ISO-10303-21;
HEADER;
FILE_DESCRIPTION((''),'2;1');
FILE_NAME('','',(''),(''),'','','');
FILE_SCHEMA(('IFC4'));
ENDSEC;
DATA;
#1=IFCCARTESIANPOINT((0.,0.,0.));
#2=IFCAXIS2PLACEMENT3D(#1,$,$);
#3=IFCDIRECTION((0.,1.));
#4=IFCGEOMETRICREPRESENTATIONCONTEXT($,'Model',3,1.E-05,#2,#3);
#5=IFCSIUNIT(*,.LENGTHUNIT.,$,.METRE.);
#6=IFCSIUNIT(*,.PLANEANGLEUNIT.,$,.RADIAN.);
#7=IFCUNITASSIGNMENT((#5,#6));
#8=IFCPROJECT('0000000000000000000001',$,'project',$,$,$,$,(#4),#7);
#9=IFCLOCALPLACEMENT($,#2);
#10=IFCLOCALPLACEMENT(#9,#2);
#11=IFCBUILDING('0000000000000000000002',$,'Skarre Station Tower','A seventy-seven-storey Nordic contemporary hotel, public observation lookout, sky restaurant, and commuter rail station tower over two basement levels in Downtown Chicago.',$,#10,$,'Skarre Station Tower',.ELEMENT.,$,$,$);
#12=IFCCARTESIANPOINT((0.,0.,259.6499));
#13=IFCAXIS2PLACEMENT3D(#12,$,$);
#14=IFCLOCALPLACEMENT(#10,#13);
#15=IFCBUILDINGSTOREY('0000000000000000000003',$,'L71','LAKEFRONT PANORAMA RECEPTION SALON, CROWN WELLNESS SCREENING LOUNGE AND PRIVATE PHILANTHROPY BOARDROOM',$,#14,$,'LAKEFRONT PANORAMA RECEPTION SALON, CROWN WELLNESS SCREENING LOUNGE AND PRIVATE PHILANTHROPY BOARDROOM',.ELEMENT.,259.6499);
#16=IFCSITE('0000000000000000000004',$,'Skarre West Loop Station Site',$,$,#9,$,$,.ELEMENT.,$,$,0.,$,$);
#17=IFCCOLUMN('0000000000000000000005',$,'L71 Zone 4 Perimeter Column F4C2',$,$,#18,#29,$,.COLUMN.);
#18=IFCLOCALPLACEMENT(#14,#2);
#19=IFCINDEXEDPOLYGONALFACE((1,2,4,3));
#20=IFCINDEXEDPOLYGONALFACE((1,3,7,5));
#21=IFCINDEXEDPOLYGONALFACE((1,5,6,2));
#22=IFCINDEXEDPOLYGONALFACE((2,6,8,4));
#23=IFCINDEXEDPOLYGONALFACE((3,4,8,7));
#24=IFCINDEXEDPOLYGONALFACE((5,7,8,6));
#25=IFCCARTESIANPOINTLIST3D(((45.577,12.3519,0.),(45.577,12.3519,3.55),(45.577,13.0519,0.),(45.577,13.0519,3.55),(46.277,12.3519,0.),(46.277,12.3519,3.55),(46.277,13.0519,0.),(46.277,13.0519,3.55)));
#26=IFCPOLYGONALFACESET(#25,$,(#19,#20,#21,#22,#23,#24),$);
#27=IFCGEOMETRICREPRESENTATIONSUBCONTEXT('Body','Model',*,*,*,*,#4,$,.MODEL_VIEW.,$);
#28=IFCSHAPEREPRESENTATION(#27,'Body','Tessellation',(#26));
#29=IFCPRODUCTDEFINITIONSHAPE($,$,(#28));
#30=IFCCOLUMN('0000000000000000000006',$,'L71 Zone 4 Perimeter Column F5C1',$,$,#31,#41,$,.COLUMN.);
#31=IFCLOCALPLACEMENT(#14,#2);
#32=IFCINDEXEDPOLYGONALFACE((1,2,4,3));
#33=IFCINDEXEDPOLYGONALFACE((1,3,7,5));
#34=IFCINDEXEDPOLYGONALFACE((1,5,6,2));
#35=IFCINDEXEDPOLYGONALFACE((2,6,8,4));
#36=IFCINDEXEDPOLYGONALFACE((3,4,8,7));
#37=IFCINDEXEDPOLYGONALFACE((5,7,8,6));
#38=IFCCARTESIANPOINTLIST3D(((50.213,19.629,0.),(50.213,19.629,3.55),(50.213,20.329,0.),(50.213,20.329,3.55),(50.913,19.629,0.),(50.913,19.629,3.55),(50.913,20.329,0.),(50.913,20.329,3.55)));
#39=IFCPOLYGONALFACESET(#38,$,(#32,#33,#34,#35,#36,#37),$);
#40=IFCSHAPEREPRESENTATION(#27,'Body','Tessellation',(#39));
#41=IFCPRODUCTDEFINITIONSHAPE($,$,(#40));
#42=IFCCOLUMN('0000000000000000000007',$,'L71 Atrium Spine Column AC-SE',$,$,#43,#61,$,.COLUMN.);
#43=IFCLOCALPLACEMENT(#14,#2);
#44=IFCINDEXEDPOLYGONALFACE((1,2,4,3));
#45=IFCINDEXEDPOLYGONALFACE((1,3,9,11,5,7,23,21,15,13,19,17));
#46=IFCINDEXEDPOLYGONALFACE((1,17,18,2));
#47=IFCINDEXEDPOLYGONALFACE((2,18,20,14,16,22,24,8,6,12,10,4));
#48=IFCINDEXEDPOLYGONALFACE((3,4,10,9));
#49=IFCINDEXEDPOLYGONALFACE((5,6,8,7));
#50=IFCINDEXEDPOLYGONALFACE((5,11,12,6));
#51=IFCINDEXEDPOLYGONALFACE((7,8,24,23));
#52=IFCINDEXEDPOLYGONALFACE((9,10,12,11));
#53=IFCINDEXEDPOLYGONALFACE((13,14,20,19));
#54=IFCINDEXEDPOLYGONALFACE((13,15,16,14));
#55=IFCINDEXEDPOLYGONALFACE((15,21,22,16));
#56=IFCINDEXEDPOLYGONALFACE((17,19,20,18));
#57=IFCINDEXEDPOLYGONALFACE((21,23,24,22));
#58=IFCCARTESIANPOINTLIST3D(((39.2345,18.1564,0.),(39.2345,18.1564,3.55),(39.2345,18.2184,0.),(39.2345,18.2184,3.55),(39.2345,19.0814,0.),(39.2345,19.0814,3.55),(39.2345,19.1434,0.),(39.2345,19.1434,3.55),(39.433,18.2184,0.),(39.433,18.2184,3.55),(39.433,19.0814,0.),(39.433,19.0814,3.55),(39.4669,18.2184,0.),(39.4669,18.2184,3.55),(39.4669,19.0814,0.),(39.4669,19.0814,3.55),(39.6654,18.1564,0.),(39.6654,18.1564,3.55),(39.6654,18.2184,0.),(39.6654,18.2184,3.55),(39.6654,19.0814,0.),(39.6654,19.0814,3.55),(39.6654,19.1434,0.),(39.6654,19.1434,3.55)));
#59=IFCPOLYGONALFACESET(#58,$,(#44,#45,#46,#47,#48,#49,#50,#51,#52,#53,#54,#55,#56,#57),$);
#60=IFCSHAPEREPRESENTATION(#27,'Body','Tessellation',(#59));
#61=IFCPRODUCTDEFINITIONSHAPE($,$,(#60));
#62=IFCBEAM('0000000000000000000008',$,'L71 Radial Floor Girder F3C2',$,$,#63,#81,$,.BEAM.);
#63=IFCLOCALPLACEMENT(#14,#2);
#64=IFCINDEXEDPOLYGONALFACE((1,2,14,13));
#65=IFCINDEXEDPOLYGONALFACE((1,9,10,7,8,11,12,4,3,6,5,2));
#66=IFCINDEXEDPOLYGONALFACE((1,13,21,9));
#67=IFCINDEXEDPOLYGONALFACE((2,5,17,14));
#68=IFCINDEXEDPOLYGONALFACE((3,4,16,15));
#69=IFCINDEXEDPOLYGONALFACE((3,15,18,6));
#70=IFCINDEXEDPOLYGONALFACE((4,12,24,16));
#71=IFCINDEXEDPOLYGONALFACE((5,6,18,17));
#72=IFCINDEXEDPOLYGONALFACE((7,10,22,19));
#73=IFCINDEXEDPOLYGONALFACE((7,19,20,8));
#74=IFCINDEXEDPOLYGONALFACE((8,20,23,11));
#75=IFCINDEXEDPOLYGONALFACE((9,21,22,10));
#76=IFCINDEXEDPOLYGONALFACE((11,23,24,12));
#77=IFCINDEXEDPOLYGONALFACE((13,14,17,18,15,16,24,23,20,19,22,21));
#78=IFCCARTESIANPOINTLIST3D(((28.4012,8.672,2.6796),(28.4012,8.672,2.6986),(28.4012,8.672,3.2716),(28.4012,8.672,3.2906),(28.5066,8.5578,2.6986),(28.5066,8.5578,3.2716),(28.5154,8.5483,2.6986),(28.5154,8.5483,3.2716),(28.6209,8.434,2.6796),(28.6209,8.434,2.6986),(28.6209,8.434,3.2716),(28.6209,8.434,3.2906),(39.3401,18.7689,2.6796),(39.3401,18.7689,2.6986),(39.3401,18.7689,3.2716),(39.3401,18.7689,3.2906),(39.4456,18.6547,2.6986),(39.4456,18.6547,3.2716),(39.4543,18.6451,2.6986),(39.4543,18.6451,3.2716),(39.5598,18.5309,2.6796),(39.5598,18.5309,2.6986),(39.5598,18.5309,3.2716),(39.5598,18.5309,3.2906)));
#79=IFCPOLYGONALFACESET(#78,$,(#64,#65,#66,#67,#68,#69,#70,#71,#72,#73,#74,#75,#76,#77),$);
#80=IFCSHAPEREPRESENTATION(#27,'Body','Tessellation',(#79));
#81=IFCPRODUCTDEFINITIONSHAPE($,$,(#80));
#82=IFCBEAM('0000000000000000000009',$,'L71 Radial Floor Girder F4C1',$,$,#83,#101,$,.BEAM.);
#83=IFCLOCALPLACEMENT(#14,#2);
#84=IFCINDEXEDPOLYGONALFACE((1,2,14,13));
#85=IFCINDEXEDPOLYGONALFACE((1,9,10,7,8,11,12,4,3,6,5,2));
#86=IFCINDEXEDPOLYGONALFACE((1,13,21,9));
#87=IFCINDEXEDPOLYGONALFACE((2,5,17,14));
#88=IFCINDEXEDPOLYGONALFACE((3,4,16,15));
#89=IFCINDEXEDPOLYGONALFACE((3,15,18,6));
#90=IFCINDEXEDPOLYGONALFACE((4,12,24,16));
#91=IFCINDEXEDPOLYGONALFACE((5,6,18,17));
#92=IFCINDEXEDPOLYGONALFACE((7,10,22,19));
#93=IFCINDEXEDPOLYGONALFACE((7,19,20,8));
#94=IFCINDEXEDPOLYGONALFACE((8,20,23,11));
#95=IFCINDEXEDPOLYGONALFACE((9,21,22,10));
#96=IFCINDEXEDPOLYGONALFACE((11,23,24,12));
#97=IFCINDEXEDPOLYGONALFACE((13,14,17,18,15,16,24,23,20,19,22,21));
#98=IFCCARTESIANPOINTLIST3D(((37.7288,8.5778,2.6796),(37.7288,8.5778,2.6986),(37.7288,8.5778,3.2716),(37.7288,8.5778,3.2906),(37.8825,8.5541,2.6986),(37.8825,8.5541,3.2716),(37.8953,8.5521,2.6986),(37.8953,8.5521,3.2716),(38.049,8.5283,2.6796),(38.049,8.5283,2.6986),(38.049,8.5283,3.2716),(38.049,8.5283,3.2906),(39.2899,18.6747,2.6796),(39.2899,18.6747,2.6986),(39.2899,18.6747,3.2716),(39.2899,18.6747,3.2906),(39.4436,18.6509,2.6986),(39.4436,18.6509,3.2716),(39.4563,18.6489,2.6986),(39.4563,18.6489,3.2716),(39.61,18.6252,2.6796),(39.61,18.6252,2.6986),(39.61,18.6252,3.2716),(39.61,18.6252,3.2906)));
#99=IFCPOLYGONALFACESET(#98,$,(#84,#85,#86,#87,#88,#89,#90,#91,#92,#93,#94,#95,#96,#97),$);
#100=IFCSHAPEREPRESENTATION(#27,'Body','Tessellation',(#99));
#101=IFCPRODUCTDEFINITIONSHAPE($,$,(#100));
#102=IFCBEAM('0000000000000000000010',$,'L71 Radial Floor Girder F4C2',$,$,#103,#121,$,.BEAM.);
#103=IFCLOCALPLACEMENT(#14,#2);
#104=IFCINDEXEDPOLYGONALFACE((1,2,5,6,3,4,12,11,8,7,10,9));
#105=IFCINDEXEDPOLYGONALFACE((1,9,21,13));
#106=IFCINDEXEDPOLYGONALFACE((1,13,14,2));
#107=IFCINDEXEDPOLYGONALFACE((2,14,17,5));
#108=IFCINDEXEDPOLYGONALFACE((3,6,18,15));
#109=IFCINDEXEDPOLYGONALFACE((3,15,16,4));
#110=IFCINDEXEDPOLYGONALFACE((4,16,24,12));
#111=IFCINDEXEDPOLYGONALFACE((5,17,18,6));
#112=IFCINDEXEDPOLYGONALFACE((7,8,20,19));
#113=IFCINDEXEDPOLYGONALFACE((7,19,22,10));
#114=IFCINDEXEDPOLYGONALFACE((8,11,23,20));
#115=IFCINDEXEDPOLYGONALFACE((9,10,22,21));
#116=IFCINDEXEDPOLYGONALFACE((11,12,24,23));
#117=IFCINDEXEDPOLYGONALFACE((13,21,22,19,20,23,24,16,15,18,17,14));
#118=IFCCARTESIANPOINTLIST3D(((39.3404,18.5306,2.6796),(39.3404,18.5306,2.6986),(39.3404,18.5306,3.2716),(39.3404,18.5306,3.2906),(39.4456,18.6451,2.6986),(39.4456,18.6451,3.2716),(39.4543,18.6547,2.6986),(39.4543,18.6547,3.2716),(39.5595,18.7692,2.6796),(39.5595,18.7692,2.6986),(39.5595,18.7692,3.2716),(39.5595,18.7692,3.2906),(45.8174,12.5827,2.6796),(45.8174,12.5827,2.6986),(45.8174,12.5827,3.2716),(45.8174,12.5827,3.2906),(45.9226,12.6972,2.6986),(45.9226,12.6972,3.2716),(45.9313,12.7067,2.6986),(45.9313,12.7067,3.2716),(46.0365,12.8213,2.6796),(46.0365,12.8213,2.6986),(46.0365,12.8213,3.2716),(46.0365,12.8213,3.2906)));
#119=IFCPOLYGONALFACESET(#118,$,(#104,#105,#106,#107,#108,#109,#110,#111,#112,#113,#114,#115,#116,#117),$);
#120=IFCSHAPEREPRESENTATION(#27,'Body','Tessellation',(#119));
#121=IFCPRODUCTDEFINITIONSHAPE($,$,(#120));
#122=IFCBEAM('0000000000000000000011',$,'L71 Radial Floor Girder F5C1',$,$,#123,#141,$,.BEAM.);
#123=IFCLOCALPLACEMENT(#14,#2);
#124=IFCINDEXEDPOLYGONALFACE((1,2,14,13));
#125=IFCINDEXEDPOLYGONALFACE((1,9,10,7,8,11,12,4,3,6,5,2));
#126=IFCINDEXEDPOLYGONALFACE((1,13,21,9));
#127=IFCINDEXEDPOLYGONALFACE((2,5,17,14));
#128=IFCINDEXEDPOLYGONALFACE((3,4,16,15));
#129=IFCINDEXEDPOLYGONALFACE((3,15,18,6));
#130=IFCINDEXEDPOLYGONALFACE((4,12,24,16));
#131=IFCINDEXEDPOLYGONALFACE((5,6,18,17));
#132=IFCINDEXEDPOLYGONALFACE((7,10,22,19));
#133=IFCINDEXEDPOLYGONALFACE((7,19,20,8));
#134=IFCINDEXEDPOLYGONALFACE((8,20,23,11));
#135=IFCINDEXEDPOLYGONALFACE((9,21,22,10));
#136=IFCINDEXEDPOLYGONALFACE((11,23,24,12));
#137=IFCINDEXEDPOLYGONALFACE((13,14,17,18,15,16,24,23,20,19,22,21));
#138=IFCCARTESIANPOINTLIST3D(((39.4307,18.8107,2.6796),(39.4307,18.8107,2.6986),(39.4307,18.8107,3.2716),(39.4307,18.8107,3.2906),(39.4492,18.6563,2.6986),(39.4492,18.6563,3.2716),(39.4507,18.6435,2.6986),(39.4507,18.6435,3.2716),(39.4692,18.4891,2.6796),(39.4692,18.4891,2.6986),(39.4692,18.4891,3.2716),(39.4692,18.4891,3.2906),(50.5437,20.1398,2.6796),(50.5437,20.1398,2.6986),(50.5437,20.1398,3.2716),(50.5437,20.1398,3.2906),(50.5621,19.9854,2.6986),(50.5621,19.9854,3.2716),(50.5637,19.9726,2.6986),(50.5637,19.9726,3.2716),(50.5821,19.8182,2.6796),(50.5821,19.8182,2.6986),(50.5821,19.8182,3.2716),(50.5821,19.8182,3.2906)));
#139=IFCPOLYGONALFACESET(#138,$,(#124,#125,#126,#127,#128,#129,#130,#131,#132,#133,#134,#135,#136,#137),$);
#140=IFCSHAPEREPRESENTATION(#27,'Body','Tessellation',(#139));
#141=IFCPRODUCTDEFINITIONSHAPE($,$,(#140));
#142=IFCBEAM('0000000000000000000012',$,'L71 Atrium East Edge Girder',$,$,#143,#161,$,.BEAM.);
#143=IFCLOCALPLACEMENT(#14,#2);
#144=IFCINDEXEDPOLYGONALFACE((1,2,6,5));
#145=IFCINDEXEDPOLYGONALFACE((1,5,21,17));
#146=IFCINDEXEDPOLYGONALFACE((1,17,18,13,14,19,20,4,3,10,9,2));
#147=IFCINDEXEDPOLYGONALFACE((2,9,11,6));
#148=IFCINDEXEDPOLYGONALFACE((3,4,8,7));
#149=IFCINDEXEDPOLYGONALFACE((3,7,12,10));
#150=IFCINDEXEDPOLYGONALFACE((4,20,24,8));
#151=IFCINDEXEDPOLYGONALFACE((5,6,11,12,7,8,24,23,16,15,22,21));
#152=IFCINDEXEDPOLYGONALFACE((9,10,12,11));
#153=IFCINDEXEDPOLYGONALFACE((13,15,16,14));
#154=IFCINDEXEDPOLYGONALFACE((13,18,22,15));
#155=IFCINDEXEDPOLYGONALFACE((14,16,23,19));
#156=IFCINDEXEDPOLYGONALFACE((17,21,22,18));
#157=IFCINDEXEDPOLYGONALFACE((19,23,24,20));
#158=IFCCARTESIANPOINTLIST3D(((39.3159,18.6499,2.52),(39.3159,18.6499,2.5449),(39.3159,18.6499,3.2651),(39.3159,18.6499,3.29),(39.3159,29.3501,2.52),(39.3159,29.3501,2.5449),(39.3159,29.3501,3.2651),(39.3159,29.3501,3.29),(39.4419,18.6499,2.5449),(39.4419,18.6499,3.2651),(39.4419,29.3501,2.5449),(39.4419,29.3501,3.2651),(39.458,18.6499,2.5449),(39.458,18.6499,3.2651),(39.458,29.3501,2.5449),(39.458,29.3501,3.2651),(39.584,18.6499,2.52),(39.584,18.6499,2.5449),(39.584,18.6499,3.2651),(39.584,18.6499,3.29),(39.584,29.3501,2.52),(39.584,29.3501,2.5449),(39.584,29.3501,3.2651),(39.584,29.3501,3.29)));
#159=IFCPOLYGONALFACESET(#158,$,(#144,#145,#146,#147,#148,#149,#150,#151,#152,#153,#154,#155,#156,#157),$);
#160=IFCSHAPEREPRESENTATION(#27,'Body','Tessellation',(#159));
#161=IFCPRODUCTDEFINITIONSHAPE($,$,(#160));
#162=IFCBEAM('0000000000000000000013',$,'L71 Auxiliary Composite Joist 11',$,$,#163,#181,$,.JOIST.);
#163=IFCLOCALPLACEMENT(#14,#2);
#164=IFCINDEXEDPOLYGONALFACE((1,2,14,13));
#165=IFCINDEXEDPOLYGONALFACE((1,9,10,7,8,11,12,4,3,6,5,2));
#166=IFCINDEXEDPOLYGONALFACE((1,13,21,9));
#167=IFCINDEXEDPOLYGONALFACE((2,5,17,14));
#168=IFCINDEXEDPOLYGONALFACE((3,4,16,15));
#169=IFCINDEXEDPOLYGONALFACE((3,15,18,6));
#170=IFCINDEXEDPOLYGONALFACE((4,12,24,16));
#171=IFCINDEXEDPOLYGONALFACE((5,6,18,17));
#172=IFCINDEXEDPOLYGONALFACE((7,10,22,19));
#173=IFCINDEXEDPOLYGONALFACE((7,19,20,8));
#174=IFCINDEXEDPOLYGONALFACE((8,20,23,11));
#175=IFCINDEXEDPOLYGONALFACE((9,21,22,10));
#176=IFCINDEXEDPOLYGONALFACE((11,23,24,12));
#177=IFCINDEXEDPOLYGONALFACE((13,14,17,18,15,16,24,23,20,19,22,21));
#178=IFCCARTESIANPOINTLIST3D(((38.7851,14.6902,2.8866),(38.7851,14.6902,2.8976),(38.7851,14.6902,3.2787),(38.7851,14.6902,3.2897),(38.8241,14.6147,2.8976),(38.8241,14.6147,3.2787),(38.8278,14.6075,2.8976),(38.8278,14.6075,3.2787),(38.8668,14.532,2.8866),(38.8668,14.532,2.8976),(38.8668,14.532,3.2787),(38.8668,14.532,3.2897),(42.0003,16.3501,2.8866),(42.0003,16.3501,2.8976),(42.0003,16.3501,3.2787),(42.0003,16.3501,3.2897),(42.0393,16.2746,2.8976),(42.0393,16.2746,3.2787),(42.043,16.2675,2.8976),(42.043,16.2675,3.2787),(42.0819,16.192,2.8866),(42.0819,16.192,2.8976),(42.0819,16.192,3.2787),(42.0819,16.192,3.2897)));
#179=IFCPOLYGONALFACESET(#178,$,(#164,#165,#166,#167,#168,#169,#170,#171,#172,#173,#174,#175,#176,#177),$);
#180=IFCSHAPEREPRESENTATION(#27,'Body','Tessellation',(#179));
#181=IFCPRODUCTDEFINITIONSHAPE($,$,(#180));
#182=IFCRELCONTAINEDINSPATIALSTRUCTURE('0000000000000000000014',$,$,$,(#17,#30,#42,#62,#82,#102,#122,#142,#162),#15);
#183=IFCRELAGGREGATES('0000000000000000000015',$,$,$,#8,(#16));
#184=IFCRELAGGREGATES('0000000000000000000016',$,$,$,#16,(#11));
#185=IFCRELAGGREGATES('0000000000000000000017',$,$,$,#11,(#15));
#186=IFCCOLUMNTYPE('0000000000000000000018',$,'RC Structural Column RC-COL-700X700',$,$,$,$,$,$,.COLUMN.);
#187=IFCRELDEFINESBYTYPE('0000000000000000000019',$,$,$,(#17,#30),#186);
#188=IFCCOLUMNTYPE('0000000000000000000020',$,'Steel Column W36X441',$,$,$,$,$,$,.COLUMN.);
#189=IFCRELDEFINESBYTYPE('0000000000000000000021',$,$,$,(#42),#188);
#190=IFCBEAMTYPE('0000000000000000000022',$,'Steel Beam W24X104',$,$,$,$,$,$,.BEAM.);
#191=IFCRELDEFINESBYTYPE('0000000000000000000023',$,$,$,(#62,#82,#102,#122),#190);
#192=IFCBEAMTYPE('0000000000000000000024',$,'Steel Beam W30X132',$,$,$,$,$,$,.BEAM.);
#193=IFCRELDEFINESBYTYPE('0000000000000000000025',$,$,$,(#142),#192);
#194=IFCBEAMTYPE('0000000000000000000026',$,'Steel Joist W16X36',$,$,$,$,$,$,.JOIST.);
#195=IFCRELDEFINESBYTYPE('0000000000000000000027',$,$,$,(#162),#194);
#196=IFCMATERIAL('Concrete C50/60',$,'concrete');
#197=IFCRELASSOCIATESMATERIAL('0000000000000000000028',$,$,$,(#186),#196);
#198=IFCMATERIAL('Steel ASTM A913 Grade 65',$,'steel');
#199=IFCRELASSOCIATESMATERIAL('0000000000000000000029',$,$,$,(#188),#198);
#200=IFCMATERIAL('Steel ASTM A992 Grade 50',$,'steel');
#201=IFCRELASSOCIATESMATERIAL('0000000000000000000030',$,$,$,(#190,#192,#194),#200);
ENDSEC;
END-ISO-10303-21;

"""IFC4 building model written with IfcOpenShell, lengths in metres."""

from ifc_helpers import new_model, si_unit, direction, frame, origin, origin_2d, place, context, subcontext, project, spatial, rectangle, i_section, extrude, material, material_profile, profile_set, type_object, element, save


model = new_model("IFC4")

# Units and contexts
model_context = context("Model", 3, precision=1e-05, world=origin(), true_north=direction((0.0, 1.0)))
body_context = subcontext(model_context, "Body", "Model", "MODEL_VIEW")
ifc_project = project(units=[si_unit("LENGTHUNIT", "METRE"), si_unit("PLANEANGLEUNIT", "RADIAN")], contexts=[model_context])

# Site, building, storey
site_placement = place(None, origin())
site = spatial("IfcSite", under=ifc_project, at=site_placement, Name="Skarre West Loop Station Site", CompositionType="ELEMENT", RefElevation=0.0)
building_placement = place(site_placement, origin())
building = spatial("IfcBuilding", under=site, at=building_placement, Name="Skarre Station Tower", Description="A seventy-seven-storey Nordic contemporary hotel, public observation lookout, sky restaurant, and commuter rail station tower over two basement levels in Downtown Chicago.", LongName="Skarre Station Tower", CompositionType="ELEMENT")
storey_placement = place(building_placement, frame((0.0, 0.0, 259.6499)))
storey = spatial("IfcBuildingStorey", under=building, at=storey_placement, Name="L71", Description="LAKEFRONT PANORAMA RECEPTION SALON, CROWN WELLNESS SCREENING LOUNGE AND PRIVATE PHILANTHROPY BOARDROOM", LongName="LAKEFRONT PANORAMA RECEPTION SALON, CROWN WELLNESS SCREENING LOUNGE AND PRIVATE PHILANTHROPY BOARDROOM", CompositionType="ELEMENT", Elevation=259.6499)

# Columns
ifc_material_1 = material(Name="Concrete C50/60", Category="concrete")
ifc_material_profile_1 = material_profile(ifc_material_1, rectangle(XDim=0.7, YDim=0.7, at=origin_2d()), Name="Concrete C50/60")
ifc_profile_set_1 = profile_set([ifc_material_profile_1], Name="Concrete C50/60")
column_type_1 = type_object("IfcColumnType", Name="RC Structural Column RC-COL-700X700", PredefinedType="COLUMN", material=ifc_profile_set_1)
for number, where, z_axis, x_axis, name in (
    (1, (45.927, 12.7019, 0.0), (0.0, 0.0, 1.0), (1.0, 0.0, 0.0), "L71 Zone 4 Perimeter Column F4C2"),
    (2, (50.563, 19.979, 0.0), (0.0, 0.0, 1.0), (1.0, 0.0, 0.0), "L71 Zone 4 Perimeter Column F5C1"),
):
    element("IfcColumn", number, at=place(storey_placement, frame(where, z_axis=z_axis, x_axis=x_axis)), inside=storey, type_object=column_type_1, Name=name, PredefinedType="COLUMN", context=body_context, shape_type="SweptSolid", body=[
        extrude(rectangle(XDim=0.7, YDim=0.7, at=origin_2d()), origin(), (0.0, 0.0, 1.0), 3.55),
    ])
ifc_material_2 = material(Name="Steel ASTM A913 Grade 65", Category="steel")
ifc_material_profile_2 = material_profile(ifc_material_2, i_section(OverallWidth=0.4309, OverallDepth=0.9871, WebThickness=0.0339, FlangeThickness=0.062, at=origin_2d()), Name="Steel ASTM A913 Grade 65")
ifc_profile_set_2 = profile_set([ifc_material_profile_2], Name="Steel ASTM A913 Grade 65")
column_type_2 = type_object("IfcColumnType", Name="Steel Column W36X441", PredefinedType="COLUMN", material=ifc_profile_set_2)
column_placement = place(storey_placement, frame((39.45, 18.6499, 0.0), z_axis=(0.0, 0.0, 1.0), x_axis=(1.0, 0.0, 0.0)))
element("IfcColumn", 3, at=column_placement, inside=storey, type_object=column_type_2, Name="L71 Atrium Spine Column AC-SE", PredefinedType="COLUMN", context=body_context, shape_type="SweptSolid", body=[
    extrude(i_section(OverallWidth=0.4309, OverallDepth=0.9871, WebThickness=0.0339, FlangeThickness=0.062, at=origin_2d()), origin(), (0.0, 0.0, 1.0), 3.55),
])

# Beams
ifc_material_3 = material(Name="Steel ASTM A992 Grade 50", Category="steel")
ifc_material_profile_3 = material_profile(ifc_material_3, i_section(OverallWidth=0.324, OverallDepth=0.6111, WebThickness=0.0129, FlangeThickness=0.019, at=origin_2d()), Name="Steel ASTM A992 Grade 50")
ifc_profile_set_3 = profile_set([ifc_material_profile_3], Name="Steel ASTM A992 Grade 50")
beam_type_1 = type_object("IfcBeamType", Name="Steel Beam W24X104", PredefinedType="BEAM", material=ifc_profile_set_3)
beam_1_placement = place(storey_placement, frame((39.45, 18.6499, 2.9851), z_axis=(-0.734823, -0.678259, 0.0), x_axis=(0.678259, -0.734823, 0.0)))
element("IfcBeam", 4, at=beam_1_placement, inside=storey, type_object=beam_type_1, Name="L71 Radial Floor Girder F3C2", PredefinedType="BEAM", context=body_context, shape_type="SweptSolid", body=[
    extrude(i_section(OverallWidth=0.324, OverallDepth=0.6111, WebThickness=0.0129, FlangeThickness=0.019, at=origin_2d()), origin(), (0.0, 0.0, 1.0), 14.8865),
])
beam_2_placement = place(storey_placement, frame((39.45, 18.6499, 2.9851), z_axis=(-0.15279, -0.988259, 0.0), x_axis=(0.988259, -0.15279, 0.0)))
element("IfcBeam", 5, at=beam_2_placement, inside=storey, type_object=beam_type_1, Name="L71 Radial Floor Girder F4C1", PredefinedType="BEAM", context=body_context, shape_type="SweptSolid", body=[
    extrude(i_section(OverallWidth=0.324, OverallDepth=0.6111, WebThickness=0.0129, FlangeThickness=0.019, at=origin_2d()), origin(), (0.0, 0.0, 1.0), 10.2168),
])
beam_3_placement = place(storey_placement, frame((39.45, 18.6499, 2.9851), z_axis=(0.736548, -0.676386, 0.0), x_axis=(0.676386, 0.736548, 0.0)))
element("IfcBeam", 6, at=beam_3_placement, inside=storey, type_object=beam_type_1, Name="L71 Radial Floor Girder F4C2", PredefinedType="BEAM", context=body_context, shape_type="SweptSolid", body=[
    extrude(i_section(OverallWidth=0.324, OverallDepth=0.6111, WebThickness=0.0129, FlangeThickness=0.019, at=origin_2d()), origin(), (0.0, 0.0, 1.0), 8.7937),
])
beam_4_placement = place(storey_placement, frame((39.45, 18.6499, 2.9851), z_axis=(0.992924, 0.118752, 0.0), x_axis=(-0.118752, 0.992924, 0.0)))
element("IfcBeam", 7, at=beam_4_placement, inside=storey, type_object=beam_type_1, Name="L71 Radial Floor Girder F5C1", PredefinedType="BEAM", context=body_context, shape_type="SweptSolid", body=[
    extrude(i_section(OverallWidth=0.324, OverallDepth=0.6111, WebThickness=0.0129, FlangeThickness=0.019, at=origin_2d()), origin(), (0.0, 0.0, 1.0), 11.1921),
])
ifc_material_profile_4 = material_profile(ifc_material_3, i_section(OverallWidth=0.2681, OverallDepth=0.77, WebThickness=0.0161, FlangeThickness=0.0249, at=origin_2d()), Name="Steel ASTM A992 Grade 50")
ifc_profile_set_4 = profile_set([ifc_material_profile_4], Name="Steel ASTM A992 Grade 50")
beam_type_2 = type_object("IfcBeamType", Name="Steel Beam W30X132", PredefinedType="BEAM", material=ifc_profile_set_4)
beam_5_placement = place(storey_placement, frame((39.45, 18.6499, 2.905), z_axis=(0.0, 1.0, 0.0), x_axis=(-1.0, 0.0, 0.0)))
element("IfcBeam", 8, at=beam_5_placement, inside=storey, type_object=beam_type_2, Name="L71 Atrium East Edge Girder", PredefinedType="BEAM", context=body_context, shape_type="SweptSolid", body=[
    extrude(i_section(OverallWidth=0.2681, OverallDepth=0.77, WebThickness=0.0161, FlangeThickness=0.0249, at=origin_2d()), origin(), (0.0, 0.0, 1.0), 10.7002),
])
ifc_material_profile_5 = material_profile(ifc_material_3, i_section(OverallWidth=0.178, OverallDepth=0.4031, WebThickness=0.0081, FlangeThickness=0.011, at=origin_2d()), Name="Steel ASTM A992 Grade 50")
ifc_profile_set_5 = profile_set([ifc_material_profile_5], Name="Steel ASTM A992 Grade 50")
beam_type_3 = type_object("IfcBeamType", Name="Steel Joist W16X36", PredefinedType="JOIST", material=ifc_profile_set_5)
beam_6_placement = place(storey_placement, frame((38.8259, 14.6111, 3.0881), z_axis=(0.888563, 0.458755, 0.0), x_axis=(-0.458755, 0.888563, 0.0)))
element("IfcBeam", 9, at=beam_6_placement, inside=storey, type_object=beam_type_3, Name="L71 Auxiliary Composite Joist 11", PredefinedType="JOIST", context=body_context, shape_type="SweptSolid", body=[
    extrude(i_section(OverallWidth=0.178, OverallDepth=0.4031, WebThickness=0.0081, FlangeThickness=0.011, at=origin_2d()), origin(), (0.0, 0.0, 1.0), 3.6184),
])

save(model, "model.ifc")
